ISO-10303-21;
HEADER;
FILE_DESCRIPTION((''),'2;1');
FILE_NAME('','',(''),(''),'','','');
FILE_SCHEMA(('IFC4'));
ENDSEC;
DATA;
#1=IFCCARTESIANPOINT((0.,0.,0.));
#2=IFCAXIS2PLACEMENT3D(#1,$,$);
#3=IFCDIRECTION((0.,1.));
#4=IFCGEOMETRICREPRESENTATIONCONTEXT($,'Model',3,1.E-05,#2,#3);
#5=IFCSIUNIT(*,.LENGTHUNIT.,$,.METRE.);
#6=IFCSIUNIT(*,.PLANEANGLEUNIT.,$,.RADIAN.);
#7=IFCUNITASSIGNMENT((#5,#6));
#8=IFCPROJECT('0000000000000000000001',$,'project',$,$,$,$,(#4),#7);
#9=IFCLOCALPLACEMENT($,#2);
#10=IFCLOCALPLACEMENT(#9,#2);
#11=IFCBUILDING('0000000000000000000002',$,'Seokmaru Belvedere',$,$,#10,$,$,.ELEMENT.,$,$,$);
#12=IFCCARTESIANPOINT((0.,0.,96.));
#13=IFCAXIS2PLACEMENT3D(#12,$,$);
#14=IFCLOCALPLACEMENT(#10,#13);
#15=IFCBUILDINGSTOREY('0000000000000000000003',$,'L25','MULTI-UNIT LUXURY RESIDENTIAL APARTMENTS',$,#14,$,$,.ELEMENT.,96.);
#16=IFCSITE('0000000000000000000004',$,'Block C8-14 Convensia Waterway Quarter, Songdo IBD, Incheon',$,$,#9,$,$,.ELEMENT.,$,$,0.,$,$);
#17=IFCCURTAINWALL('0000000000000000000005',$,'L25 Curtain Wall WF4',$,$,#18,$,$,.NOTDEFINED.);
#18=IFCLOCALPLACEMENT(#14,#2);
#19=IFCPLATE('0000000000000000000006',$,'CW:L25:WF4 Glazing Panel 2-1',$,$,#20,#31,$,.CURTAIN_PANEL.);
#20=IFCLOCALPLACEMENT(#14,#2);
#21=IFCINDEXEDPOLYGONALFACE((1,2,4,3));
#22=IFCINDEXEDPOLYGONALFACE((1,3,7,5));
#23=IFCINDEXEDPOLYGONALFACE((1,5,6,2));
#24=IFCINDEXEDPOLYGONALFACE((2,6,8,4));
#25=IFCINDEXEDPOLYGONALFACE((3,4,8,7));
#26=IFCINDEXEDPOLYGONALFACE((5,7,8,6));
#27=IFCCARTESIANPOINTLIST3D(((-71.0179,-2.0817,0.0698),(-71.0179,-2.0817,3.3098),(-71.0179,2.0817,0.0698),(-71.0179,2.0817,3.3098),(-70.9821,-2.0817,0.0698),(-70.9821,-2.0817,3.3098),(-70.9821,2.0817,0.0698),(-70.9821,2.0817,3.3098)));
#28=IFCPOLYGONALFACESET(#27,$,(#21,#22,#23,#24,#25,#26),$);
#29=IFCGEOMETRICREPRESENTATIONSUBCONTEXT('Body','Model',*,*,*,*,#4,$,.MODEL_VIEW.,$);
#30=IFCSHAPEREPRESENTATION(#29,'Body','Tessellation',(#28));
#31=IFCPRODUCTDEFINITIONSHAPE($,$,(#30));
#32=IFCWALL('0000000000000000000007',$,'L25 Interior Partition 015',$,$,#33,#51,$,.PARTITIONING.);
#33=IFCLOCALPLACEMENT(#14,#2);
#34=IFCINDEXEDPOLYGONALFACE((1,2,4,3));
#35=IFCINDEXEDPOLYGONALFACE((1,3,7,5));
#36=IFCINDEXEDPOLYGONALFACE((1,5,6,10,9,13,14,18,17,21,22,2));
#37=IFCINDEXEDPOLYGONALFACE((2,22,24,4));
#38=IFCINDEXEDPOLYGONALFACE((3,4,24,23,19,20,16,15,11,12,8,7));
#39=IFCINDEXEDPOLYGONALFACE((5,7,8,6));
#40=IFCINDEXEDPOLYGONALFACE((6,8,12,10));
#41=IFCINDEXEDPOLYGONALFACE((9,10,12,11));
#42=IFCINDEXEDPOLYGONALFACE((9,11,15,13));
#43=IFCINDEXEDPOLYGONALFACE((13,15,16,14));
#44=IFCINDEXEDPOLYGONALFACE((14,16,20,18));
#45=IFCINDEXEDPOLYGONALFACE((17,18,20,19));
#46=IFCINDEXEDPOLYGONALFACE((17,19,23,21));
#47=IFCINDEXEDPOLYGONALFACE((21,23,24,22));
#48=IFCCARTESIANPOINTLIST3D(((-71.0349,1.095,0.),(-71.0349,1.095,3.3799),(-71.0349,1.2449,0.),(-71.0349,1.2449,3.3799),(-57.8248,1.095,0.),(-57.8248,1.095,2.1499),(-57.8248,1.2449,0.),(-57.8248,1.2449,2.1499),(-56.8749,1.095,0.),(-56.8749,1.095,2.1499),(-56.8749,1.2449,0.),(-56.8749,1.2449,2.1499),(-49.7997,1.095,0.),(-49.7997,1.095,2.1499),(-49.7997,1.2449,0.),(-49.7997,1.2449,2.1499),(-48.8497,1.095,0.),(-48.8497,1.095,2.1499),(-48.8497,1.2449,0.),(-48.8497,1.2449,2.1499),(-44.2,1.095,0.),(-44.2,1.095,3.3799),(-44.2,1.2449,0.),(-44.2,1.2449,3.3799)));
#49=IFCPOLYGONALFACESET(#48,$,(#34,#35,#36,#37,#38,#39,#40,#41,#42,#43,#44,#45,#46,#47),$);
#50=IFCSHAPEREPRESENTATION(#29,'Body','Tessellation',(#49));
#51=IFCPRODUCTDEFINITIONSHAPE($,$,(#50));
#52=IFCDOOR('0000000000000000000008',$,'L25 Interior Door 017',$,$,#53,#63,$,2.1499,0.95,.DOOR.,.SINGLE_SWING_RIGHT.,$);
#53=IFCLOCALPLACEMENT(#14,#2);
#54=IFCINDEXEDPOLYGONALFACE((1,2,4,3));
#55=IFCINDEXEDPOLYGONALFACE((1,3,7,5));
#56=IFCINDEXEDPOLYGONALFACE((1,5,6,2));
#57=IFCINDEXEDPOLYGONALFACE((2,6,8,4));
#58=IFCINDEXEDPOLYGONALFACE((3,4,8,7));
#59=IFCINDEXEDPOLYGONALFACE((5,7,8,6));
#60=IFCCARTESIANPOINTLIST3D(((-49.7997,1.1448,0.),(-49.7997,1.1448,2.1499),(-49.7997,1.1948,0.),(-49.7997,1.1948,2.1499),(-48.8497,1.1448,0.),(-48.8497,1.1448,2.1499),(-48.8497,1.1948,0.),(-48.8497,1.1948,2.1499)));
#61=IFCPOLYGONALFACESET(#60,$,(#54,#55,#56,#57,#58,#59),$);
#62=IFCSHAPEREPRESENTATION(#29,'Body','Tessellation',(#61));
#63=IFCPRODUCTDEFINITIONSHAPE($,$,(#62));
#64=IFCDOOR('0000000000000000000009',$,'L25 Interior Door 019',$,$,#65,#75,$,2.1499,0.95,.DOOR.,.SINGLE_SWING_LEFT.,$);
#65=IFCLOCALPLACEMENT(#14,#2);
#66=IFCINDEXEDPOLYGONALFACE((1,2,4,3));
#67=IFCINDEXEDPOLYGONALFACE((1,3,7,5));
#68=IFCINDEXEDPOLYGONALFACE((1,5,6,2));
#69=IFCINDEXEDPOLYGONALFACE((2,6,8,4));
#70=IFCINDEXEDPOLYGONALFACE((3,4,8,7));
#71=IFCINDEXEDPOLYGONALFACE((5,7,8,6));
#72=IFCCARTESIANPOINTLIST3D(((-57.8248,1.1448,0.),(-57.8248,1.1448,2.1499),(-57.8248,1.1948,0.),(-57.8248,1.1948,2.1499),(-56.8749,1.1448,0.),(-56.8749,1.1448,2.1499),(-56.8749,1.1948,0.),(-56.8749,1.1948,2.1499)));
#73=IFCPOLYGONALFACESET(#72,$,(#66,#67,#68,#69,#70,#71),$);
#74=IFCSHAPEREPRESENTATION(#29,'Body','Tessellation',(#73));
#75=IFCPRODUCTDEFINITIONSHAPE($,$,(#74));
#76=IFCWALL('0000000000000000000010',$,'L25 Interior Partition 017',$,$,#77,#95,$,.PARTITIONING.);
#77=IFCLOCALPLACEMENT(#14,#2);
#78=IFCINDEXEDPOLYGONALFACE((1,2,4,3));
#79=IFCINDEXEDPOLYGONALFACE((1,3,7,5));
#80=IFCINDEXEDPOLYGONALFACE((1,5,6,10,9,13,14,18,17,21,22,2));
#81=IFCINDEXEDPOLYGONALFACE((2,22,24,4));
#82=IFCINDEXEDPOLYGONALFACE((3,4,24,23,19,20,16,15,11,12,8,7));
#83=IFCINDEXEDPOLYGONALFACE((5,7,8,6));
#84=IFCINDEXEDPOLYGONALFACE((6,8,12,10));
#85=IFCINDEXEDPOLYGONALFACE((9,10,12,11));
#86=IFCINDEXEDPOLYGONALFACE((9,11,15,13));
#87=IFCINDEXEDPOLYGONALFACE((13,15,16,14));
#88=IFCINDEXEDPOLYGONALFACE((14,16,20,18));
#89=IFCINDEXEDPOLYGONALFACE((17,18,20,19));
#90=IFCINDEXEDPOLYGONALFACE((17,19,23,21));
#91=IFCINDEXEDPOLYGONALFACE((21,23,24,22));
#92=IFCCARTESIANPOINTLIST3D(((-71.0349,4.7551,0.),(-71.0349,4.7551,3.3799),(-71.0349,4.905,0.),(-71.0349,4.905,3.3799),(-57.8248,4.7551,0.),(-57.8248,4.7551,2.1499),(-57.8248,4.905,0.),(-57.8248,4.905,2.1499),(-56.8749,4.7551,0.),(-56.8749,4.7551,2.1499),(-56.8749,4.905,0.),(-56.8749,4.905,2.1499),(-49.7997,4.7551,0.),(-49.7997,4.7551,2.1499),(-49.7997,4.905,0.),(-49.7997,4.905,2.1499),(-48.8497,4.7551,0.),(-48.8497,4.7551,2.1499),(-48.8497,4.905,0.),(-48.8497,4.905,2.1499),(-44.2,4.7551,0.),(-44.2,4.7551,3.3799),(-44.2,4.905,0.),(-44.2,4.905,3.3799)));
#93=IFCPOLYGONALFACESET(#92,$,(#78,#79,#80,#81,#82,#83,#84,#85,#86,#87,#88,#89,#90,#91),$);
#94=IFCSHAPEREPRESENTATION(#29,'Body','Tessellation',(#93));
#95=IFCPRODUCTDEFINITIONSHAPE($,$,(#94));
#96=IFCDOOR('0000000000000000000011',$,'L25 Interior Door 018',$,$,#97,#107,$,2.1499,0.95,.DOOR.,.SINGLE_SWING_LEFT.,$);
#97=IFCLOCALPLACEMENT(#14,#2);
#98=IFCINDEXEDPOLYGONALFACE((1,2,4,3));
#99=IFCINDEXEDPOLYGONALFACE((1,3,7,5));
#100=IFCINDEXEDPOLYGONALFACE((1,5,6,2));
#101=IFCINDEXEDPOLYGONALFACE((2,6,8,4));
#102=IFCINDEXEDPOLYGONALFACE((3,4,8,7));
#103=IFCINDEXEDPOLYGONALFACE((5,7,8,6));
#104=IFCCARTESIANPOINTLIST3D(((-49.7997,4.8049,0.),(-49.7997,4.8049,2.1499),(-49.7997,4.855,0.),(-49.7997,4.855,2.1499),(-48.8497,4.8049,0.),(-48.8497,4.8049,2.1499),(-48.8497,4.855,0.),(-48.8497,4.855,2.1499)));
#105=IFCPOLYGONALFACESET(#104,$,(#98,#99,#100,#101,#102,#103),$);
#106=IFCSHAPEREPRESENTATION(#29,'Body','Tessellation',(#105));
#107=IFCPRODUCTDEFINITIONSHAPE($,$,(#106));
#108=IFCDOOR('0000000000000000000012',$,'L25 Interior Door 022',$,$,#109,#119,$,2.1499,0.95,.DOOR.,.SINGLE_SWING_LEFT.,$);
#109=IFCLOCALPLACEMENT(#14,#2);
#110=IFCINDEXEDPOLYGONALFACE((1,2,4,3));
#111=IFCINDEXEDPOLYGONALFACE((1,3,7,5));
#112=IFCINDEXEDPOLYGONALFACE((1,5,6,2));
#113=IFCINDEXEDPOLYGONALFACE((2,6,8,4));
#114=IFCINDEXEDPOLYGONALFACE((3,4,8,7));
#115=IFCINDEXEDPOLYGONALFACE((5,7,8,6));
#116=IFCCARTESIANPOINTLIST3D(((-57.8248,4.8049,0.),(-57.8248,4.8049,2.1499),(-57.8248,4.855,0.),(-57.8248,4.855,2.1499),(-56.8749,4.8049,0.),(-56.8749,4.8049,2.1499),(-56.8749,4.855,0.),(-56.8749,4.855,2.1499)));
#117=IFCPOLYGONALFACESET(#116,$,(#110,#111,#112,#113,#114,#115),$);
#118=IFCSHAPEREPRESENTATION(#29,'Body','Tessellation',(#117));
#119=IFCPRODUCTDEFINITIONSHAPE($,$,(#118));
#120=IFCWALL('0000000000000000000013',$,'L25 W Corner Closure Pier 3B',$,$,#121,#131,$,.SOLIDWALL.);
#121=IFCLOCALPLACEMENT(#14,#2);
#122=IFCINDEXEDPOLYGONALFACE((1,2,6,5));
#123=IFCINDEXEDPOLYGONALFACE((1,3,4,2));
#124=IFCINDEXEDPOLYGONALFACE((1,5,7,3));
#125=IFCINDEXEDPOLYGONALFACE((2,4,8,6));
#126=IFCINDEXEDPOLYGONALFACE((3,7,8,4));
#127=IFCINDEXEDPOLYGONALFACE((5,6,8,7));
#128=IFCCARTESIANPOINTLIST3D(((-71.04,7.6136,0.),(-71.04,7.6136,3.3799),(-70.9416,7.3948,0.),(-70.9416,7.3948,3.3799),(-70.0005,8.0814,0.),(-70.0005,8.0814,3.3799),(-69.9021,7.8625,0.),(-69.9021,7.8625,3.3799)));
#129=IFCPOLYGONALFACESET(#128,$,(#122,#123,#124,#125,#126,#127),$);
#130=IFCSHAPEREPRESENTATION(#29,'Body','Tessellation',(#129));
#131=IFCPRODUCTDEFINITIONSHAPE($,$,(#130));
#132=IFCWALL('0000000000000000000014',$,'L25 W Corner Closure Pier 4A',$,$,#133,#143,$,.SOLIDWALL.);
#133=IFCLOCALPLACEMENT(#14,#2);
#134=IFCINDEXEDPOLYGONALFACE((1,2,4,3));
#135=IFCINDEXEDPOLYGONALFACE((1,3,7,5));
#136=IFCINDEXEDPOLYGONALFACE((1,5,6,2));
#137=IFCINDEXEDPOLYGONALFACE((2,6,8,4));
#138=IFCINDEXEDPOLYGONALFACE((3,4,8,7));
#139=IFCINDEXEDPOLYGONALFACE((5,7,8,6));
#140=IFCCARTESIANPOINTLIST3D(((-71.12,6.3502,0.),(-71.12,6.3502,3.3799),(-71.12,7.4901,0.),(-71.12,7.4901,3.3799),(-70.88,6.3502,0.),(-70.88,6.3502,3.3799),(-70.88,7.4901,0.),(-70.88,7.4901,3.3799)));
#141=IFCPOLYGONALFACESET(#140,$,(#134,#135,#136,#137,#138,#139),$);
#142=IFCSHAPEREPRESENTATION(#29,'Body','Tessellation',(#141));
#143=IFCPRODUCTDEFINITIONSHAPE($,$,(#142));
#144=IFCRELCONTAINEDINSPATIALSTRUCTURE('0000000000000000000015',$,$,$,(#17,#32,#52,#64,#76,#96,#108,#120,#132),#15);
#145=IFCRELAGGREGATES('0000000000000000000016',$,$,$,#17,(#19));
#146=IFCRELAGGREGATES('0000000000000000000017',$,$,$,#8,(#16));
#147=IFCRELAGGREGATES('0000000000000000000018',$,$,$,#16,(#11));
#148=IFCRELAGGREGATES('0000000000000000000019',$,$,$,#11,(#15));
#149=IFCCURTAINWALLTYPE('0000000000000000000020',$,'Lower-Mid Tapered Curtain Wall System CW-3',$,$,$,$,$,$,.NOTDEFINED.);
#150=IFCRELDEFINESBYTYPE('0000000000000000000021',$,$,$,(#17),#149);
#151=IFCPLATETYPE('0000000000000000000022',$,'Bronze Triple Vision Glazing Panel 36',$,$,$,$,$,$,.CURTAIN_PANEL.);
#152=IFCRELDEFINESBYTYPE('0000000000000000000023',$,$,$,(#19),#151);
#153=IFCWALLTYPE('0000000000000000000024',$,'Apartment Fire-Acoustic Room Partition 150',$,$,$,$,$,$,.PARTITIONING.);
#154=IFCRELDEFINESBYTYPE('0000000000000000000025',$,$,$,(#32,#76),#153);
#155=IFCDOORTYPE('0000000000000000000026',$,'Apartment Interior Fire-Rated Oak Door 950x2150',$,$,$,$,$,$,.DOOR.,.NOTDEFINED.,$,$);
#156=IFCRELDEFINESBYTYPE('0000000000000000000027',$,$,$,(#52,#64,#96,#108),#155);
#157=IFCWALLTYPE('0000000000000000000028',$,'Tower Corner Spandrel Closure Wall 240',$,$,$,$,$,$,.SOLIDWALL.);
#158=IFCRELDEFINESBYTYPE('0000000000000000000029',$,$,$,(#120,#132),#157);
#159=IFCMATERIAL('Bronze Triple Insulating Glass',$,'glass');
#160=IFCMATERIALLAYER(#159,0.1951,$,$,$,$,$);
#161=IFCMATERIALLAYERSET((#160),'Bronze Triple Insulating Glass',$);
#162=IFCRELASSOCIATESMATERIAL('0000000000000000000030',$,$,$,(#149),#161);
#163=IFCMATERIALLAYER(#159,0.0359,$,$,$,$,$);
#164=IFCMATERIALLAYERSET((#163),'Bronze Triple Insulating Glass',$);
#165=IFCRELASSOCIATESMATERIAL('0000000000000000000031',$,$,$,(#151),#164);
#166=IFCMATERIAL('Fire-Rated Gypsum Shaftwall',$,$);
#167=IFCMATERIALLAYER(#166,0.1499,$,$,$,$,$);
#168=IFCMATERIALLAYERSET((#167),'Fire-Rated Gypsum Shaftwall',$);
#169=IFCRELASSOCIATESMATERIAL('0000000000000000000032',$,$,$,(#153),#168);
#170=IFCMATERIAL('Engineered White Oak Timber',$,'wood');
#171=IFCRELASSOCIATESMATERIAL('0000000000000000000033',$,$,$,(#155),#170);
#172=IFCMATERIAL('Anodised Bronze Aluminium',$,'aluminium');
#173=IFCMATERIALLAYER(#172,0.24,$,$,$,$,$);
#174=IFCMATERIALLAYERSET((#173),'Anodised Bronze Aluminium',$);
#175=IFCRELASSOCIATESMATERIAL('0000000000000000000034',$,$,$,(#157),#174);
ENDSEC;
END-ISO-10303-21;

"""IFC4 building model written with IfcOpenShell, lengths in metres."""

from ifc_helpers import new_model, si_unit, direction, frame, frame_2d, origin, origin_2d, place, context, subcontext, project, spatial, rectangle, extrude, source, transform, mapped, material, layer, layer_set, type_object, type_shapes, element, fill, aggregate, save


model = new_model("IFC4")

# Units and contexts
model_context = context("Model", 3, precision=1e-05, world=origin(), true_north=direction((0.0, 1.0)))
body_context = subcontext(model_context, "Body", "Model", "MODEL_VIEW")
ifc_project = project(units=[si_unit("LENGTHUNIT", "METRE"), si_unit("PLANEANGLEUNIT", "RADIAN")], contexts=[model_context])

# Site, building, storey
site_placement = place(None, origin())
site = spatial("IfcSite", under=ifc_project, at=site_placement, Name="Block C8-14 Convensia Waterway Quarter, Songdo IBD, Incheon", CompositionType="ELEMENT", RefElevation=0.0)
building_placement = place(site_placement, origin())
building = spatial("IfcBuilding", under=site, at=building_placement, Name="Seokmaru Belvedere", CompositionType="ELEMENT")
storey_placement = place(building_placement, frame((0.0, 0.0, 96.0)))
storey = spatial("IfcBuildingStorey", under=building, at=storey_placement, Name="L25", Description="MULTI-UNIT LUXURY RESIDENTIAL APARTMENTS", CompositionType="ELEMENT", Elevation=96.0)

# Curtain wall, plate
ifc_material_1 = material(Name="Bronze Triple Insulating Glass", Category="glass")
ifc_layer_1 = layer(ifc_material_1, 0.1951)
ifc_layer_set_1 = layer_set([ifc_layer_1], Name="Bronze Triple Insulating Glass")
curtain_wall_type = type_object("IfcCurtainWallType", Name="Lower-Mid Tapered Curtain Wall System CW-3", PredefinedType="NOTDEFINED", material=ifc_layer_set_1)
curtain_wall_placement = place(storey_placement, origin())
curtain_wall = element("IfcCurtainWall", 1, at=curtain_wall_placement, inside=storey, type_object=curtain_wall_type, Name="L25 Curtain Wall WF4", PredefinedType="NOTDEFINED")
ifc_material_2 = material(Name="Anodised Bronze Aluminium", Category="aluminium")
ifc_layer_2 = layer(ifc_material_1, 0.0359)
ifc_layer_set_2 = layer_set([ifc_layer_2], Name="Bronze Triple Insulating Glass")
plate_type = type_object("IfcPlateType", Name="Bronze Triple Vision Glazing Panel 36", PredefinedType="CURTAIN_PANEL", material=ifc_layer_set_2)
shared_shape_1 = source(origin(), body_context, "Body", "SweptSolid", [
    extrude(rectangle(XDim=4.1633, YDim=0.0359, at=origin_2d()), origin(), (0.0, 0.0, 1.0), 3.24),
])
plate_1_placement = place(storey_placement, frame((-71.0, 0.0, 0.0698), z_axis=(0.0, 0.0, 1.0), x_axis=(0.0, -1.0, 0.0)))
plate_1 = element("IfcPlate", 2, at=plate_1_placement, type_object=plate_type, Name="CW:L25:WF4 Glazing Panel 2-1", PredefinedType="CURTAIN_PANEL", context=body_context, shape_type="MappedRepresentation", body=[
    mapped(shared_shape_1, transform((0.0, 0.0, 0.0), scale=1.0)),
])
aggregate(curtain_wall, [plate_1])

# Walls, openings, doors
ifc_material_3 = material(Name="Fire-Rated Gypsum Shaftwall")
ifc_layer_3 = layer(ifc_material_3, 0.1499)
ifc_layer_set_3 = layer_set([ifc_layer_3], Name="Fire-Rated Gypsum Shaftwall")
wall_type_1 = type_object("IfcWallType", Name="Apartment Fire-Acoustic Room Partition 150", PredefinedType="PARTITIONING", material=ifc_layer_set_3)
wall_1_placement = place(storey_placement, frame((-71.0349, 1.1699, 0.0), z_axis=(0.0, 0.0, 1.0), x_axis=(1.0, 0.0, 0.0)))
wall_1 = element("IfcWall", 3, at=wall_1_placement, inside=storey, type_object=wall_type_1, Name="L25 Interior Partition 015", PredefinedType="PARTITIONING", context=body_context, shape_type="SweptSolid", body=[
    extrude(rectangle(XDim=26.835, YDim=0.1499, at=frame_2d((13.4175, 0.0))), origin(), (0.0, 0.0, 1.0), 3.3799),
])
opening_1_placement = place(wall_1_placement, frame((21.2351, 0.0, 0.0)))
opening_1 = element("IfcOpeningElement", 4, at=opening_1_placement, cuts=wall_1, PredefinedType="OPENING", context=body_context, shape_type="SweptSolid", body=[
    extrude(rectangle(XDim=0.95, YDim=2.1499, at=frame_2d((0.4751, 1.075))), frame((0.0, 0.085, 0.0), z_axis=(0.0, -1.0, 0.0), x_axis=(1.0, 0.0, 0.0)), (0.0, 0.0, 1.0), 0.1699),
])
opening_2_placement = place(wall_1_placement, frame((13.21, 0.0, 0.0)))
opening_2 = element("IfcOpeningElement", 5, at=opening_2_placement, cuts=wall_1, PredefinedType="OPENING", context=body_context, shape_type="SweptSolid", body=[
    extrude(rectangle(XDim=0.95, YDim=2.1499, at=frame_2d((0.4751, 1.075))), frame((0.0, 0.085, 0.0), z_axis=(0.0, -1.0, 0.0), x_axis=(1.0, 0.0, 0.0)), (0.0, 0.0, 1.0), 0.1699),
])
ifc_material_4 = material(Name="Engineered White Oak Timber", Category="wood")
door_type = type_object("IfcDoorType", Name="Apartment Interior Fire-Rated Oak Door 950x2150", OperationType="NOTDEFINED", PredefinedType="DOOR", material=ifc_material_4)
shared_shape_2 = source(origin(), body_context, "Body", "SweptSolid", [
    extrude(rectangle(XDim=0.95, YDim=2.1499, at=frame_2d((0.4751, 1.075))), frame((0.0, 0.0249, 0.0), z_axis=(0.0, -1.0, 0.0), x_axis=(1.0, 0.0, 0.0)), (0.0, 0.0, 1.0), 0.05),
])
type_shapes(door_type, [shared_shape_2])
door_1_placement = place(opening_1_placement, origin())
door_1 = element("IfcDoor", 6, at=door_1_placement, inside=storey, type_object=door_type, Name="L25 Interior Door 017", OperationType="SINGLE_SWING_RIGHT", OverallHeight=2.1499, OverallWidth=0.95, PredefinedType="DOOR", context=body_context, shape_type="MappedRepresentation", body=[
    mapped(shared_shape_2, transform((0.0, 0.0, 0.0), scale=1.0)),
])
fill(opening_1, door_1)
door_2_placement = place(opening_2_placement, origin())
door_2 = element("IfcDoor", 7, at=door_2_placement, inside=storey, type_object=door_type, Name="L25 Interior Door 019", OperationType="SINGLE_SWING_LEFT", OverallHeight=2.1499, OverallWidth=0.95, PredefinedType="DOOR", context=body_context, shape_type="MappedRepresentation", body=[
    mapped(shared_shape_2, transform((0.0, 0.0, 0.0), scale=1.0)),
])
fill(opening_2, door_2)
wall_2_placement = place(storey_placement, frame((-71.0349, 4.8301, 0.0), z_axis=(0.0, 0.0, 1.0), x_axis=(1.0, 0.0, 0.0)))
wall_2 = element("IfcWall", 8, at=wall_2_placement, inside=storey, type_object=wall_type_1, Name="L25 Interior Partition 017", PredefinedType="PARTITIONING", context=body_context, shape_type="SweptSolid", body=[
    extrude(rectangle(XDim=26.835, YDim=0.1499, at=frame_2d((13.4175, 0.0))), origin(), (0.0, 0.0, 1.0), 3.3799),
])
opening_3_placement = place(wall_2_placement, frame((21.2351, 0.0, 0.0)))
opening_3 = element("IfcOpeningElement", 9, at=opening_3_placement, cuts=wall_2, PredefinedType="OPENING", context=body_context, shape_type="SweptSolid", body=[
    extrude(rectangle(XDim=0.95, YDim=2.1499, at=frame_2d((0.4751, 1.075))), frame((0.0, 0.085, 0.0), z_axis=(0.0, -1.0, 0.0), x_axis=(1.0, 0.0, 0.0)), (0.0, 0.0, 1.0), 0.1699),
])
opening_4_placement = place(wall_2_placement, frame((13.21, 0.0, 0.0)))
opening_4 = element("IfcOpeningElement", 10, at=opening_4_placement, cuts=wall_2, PredefinedType="OPENING", context=body_context, shape_type="SweptSolid", body=[
    extrude(rectangle(XDim=0.95, YDim=2.1499, at=frame_2d((0.4751, 1.075))), frame((0.0, 0.085, 0.0), z_axis=(0.0, -1.0, 0.0), x_axis=(1.0, 0.0, 0.0)), (0.0, 0.0, 1.0), 0.1699),
])
door_3_placement = place(opening_3_placement, origin())
door_3 = element("IfcDoor", 11, at=door_3_placement, inside=storey, type_object=door_type, Name="L25 Interior Door 018", OperationType="SINGLE_SWING_LEFT", OverallHeight=2.1499, OverallWidth=0.95, PredefinedType="DOOR", context=body_context, shape_type="MappedRepresentation", body=[
    mapped(shared_shape_2, transform((0.0, 0.0, 0.0), scale=1.0)),
])
fill(opening_3, door_3)
door_4_placement = place(opening_4_placement, origin())
door_4 = element("IfcDoor", 12, at=door_4_placement, inside=storey, type_object=door_type, Name="L25 Interior Door 022", OperationType="SINGLE_SWING_LEFT", OverallHeight=2.1499, OverallWidth=0.95, PredefinedType="DOOR", context=body_context, shape_type="MappedRepresentation", body=[
    mapped(shared_shape_2, transform((0.0, 0.0, 0.0), scale=1.0)),
])
fill(opening_4, door_4)

# Walls
ifc_layer_4 = layer(ifc_material_2, 0.24)
ifc_layer_set_4 = layer_set([ifc_layer_4], Name="Anodised Bronze Aluminium")
wall_type_2 = type_object("IfcWallType", Name="Tower Corner Spandrel Closure Wall 240", PredefinedType="SOLIDWALL", material=ifc_layer_set_4)
for number, where, z_axis, x_axis, name in (
    (13, (-69.9514, 7.9719, 0.0), (0.0, 0.0, 1.0), (-0.91193, -0.410347, 0.0), "L25 W Corner Closure Pier 3B"),
    (14, (-71.0, 7.49, 0.0), (0.0, 0.0, 1.0), (0.0, -1.0, 0.0), "L25 W Corner Closure Pier 4A"),
):
    element("IfcWall", number, at=place(storey_placement, frame(where, z_axis=z_axis, x_axis=x_axis)), inside=storey, type_object=wall_type_2, Name=name, PredefinedType="SOLIDWALL", context=body_context, shape_type="SweptSolid", body=[
        extrude(rectangle(XDim=1.1399, YDim=0.24, at=frame_2d((0.5698, 0.0))), origin(), (0.0, 0.0, 1.0), 3.3799),
    ])

save(model, "model.ifc")
